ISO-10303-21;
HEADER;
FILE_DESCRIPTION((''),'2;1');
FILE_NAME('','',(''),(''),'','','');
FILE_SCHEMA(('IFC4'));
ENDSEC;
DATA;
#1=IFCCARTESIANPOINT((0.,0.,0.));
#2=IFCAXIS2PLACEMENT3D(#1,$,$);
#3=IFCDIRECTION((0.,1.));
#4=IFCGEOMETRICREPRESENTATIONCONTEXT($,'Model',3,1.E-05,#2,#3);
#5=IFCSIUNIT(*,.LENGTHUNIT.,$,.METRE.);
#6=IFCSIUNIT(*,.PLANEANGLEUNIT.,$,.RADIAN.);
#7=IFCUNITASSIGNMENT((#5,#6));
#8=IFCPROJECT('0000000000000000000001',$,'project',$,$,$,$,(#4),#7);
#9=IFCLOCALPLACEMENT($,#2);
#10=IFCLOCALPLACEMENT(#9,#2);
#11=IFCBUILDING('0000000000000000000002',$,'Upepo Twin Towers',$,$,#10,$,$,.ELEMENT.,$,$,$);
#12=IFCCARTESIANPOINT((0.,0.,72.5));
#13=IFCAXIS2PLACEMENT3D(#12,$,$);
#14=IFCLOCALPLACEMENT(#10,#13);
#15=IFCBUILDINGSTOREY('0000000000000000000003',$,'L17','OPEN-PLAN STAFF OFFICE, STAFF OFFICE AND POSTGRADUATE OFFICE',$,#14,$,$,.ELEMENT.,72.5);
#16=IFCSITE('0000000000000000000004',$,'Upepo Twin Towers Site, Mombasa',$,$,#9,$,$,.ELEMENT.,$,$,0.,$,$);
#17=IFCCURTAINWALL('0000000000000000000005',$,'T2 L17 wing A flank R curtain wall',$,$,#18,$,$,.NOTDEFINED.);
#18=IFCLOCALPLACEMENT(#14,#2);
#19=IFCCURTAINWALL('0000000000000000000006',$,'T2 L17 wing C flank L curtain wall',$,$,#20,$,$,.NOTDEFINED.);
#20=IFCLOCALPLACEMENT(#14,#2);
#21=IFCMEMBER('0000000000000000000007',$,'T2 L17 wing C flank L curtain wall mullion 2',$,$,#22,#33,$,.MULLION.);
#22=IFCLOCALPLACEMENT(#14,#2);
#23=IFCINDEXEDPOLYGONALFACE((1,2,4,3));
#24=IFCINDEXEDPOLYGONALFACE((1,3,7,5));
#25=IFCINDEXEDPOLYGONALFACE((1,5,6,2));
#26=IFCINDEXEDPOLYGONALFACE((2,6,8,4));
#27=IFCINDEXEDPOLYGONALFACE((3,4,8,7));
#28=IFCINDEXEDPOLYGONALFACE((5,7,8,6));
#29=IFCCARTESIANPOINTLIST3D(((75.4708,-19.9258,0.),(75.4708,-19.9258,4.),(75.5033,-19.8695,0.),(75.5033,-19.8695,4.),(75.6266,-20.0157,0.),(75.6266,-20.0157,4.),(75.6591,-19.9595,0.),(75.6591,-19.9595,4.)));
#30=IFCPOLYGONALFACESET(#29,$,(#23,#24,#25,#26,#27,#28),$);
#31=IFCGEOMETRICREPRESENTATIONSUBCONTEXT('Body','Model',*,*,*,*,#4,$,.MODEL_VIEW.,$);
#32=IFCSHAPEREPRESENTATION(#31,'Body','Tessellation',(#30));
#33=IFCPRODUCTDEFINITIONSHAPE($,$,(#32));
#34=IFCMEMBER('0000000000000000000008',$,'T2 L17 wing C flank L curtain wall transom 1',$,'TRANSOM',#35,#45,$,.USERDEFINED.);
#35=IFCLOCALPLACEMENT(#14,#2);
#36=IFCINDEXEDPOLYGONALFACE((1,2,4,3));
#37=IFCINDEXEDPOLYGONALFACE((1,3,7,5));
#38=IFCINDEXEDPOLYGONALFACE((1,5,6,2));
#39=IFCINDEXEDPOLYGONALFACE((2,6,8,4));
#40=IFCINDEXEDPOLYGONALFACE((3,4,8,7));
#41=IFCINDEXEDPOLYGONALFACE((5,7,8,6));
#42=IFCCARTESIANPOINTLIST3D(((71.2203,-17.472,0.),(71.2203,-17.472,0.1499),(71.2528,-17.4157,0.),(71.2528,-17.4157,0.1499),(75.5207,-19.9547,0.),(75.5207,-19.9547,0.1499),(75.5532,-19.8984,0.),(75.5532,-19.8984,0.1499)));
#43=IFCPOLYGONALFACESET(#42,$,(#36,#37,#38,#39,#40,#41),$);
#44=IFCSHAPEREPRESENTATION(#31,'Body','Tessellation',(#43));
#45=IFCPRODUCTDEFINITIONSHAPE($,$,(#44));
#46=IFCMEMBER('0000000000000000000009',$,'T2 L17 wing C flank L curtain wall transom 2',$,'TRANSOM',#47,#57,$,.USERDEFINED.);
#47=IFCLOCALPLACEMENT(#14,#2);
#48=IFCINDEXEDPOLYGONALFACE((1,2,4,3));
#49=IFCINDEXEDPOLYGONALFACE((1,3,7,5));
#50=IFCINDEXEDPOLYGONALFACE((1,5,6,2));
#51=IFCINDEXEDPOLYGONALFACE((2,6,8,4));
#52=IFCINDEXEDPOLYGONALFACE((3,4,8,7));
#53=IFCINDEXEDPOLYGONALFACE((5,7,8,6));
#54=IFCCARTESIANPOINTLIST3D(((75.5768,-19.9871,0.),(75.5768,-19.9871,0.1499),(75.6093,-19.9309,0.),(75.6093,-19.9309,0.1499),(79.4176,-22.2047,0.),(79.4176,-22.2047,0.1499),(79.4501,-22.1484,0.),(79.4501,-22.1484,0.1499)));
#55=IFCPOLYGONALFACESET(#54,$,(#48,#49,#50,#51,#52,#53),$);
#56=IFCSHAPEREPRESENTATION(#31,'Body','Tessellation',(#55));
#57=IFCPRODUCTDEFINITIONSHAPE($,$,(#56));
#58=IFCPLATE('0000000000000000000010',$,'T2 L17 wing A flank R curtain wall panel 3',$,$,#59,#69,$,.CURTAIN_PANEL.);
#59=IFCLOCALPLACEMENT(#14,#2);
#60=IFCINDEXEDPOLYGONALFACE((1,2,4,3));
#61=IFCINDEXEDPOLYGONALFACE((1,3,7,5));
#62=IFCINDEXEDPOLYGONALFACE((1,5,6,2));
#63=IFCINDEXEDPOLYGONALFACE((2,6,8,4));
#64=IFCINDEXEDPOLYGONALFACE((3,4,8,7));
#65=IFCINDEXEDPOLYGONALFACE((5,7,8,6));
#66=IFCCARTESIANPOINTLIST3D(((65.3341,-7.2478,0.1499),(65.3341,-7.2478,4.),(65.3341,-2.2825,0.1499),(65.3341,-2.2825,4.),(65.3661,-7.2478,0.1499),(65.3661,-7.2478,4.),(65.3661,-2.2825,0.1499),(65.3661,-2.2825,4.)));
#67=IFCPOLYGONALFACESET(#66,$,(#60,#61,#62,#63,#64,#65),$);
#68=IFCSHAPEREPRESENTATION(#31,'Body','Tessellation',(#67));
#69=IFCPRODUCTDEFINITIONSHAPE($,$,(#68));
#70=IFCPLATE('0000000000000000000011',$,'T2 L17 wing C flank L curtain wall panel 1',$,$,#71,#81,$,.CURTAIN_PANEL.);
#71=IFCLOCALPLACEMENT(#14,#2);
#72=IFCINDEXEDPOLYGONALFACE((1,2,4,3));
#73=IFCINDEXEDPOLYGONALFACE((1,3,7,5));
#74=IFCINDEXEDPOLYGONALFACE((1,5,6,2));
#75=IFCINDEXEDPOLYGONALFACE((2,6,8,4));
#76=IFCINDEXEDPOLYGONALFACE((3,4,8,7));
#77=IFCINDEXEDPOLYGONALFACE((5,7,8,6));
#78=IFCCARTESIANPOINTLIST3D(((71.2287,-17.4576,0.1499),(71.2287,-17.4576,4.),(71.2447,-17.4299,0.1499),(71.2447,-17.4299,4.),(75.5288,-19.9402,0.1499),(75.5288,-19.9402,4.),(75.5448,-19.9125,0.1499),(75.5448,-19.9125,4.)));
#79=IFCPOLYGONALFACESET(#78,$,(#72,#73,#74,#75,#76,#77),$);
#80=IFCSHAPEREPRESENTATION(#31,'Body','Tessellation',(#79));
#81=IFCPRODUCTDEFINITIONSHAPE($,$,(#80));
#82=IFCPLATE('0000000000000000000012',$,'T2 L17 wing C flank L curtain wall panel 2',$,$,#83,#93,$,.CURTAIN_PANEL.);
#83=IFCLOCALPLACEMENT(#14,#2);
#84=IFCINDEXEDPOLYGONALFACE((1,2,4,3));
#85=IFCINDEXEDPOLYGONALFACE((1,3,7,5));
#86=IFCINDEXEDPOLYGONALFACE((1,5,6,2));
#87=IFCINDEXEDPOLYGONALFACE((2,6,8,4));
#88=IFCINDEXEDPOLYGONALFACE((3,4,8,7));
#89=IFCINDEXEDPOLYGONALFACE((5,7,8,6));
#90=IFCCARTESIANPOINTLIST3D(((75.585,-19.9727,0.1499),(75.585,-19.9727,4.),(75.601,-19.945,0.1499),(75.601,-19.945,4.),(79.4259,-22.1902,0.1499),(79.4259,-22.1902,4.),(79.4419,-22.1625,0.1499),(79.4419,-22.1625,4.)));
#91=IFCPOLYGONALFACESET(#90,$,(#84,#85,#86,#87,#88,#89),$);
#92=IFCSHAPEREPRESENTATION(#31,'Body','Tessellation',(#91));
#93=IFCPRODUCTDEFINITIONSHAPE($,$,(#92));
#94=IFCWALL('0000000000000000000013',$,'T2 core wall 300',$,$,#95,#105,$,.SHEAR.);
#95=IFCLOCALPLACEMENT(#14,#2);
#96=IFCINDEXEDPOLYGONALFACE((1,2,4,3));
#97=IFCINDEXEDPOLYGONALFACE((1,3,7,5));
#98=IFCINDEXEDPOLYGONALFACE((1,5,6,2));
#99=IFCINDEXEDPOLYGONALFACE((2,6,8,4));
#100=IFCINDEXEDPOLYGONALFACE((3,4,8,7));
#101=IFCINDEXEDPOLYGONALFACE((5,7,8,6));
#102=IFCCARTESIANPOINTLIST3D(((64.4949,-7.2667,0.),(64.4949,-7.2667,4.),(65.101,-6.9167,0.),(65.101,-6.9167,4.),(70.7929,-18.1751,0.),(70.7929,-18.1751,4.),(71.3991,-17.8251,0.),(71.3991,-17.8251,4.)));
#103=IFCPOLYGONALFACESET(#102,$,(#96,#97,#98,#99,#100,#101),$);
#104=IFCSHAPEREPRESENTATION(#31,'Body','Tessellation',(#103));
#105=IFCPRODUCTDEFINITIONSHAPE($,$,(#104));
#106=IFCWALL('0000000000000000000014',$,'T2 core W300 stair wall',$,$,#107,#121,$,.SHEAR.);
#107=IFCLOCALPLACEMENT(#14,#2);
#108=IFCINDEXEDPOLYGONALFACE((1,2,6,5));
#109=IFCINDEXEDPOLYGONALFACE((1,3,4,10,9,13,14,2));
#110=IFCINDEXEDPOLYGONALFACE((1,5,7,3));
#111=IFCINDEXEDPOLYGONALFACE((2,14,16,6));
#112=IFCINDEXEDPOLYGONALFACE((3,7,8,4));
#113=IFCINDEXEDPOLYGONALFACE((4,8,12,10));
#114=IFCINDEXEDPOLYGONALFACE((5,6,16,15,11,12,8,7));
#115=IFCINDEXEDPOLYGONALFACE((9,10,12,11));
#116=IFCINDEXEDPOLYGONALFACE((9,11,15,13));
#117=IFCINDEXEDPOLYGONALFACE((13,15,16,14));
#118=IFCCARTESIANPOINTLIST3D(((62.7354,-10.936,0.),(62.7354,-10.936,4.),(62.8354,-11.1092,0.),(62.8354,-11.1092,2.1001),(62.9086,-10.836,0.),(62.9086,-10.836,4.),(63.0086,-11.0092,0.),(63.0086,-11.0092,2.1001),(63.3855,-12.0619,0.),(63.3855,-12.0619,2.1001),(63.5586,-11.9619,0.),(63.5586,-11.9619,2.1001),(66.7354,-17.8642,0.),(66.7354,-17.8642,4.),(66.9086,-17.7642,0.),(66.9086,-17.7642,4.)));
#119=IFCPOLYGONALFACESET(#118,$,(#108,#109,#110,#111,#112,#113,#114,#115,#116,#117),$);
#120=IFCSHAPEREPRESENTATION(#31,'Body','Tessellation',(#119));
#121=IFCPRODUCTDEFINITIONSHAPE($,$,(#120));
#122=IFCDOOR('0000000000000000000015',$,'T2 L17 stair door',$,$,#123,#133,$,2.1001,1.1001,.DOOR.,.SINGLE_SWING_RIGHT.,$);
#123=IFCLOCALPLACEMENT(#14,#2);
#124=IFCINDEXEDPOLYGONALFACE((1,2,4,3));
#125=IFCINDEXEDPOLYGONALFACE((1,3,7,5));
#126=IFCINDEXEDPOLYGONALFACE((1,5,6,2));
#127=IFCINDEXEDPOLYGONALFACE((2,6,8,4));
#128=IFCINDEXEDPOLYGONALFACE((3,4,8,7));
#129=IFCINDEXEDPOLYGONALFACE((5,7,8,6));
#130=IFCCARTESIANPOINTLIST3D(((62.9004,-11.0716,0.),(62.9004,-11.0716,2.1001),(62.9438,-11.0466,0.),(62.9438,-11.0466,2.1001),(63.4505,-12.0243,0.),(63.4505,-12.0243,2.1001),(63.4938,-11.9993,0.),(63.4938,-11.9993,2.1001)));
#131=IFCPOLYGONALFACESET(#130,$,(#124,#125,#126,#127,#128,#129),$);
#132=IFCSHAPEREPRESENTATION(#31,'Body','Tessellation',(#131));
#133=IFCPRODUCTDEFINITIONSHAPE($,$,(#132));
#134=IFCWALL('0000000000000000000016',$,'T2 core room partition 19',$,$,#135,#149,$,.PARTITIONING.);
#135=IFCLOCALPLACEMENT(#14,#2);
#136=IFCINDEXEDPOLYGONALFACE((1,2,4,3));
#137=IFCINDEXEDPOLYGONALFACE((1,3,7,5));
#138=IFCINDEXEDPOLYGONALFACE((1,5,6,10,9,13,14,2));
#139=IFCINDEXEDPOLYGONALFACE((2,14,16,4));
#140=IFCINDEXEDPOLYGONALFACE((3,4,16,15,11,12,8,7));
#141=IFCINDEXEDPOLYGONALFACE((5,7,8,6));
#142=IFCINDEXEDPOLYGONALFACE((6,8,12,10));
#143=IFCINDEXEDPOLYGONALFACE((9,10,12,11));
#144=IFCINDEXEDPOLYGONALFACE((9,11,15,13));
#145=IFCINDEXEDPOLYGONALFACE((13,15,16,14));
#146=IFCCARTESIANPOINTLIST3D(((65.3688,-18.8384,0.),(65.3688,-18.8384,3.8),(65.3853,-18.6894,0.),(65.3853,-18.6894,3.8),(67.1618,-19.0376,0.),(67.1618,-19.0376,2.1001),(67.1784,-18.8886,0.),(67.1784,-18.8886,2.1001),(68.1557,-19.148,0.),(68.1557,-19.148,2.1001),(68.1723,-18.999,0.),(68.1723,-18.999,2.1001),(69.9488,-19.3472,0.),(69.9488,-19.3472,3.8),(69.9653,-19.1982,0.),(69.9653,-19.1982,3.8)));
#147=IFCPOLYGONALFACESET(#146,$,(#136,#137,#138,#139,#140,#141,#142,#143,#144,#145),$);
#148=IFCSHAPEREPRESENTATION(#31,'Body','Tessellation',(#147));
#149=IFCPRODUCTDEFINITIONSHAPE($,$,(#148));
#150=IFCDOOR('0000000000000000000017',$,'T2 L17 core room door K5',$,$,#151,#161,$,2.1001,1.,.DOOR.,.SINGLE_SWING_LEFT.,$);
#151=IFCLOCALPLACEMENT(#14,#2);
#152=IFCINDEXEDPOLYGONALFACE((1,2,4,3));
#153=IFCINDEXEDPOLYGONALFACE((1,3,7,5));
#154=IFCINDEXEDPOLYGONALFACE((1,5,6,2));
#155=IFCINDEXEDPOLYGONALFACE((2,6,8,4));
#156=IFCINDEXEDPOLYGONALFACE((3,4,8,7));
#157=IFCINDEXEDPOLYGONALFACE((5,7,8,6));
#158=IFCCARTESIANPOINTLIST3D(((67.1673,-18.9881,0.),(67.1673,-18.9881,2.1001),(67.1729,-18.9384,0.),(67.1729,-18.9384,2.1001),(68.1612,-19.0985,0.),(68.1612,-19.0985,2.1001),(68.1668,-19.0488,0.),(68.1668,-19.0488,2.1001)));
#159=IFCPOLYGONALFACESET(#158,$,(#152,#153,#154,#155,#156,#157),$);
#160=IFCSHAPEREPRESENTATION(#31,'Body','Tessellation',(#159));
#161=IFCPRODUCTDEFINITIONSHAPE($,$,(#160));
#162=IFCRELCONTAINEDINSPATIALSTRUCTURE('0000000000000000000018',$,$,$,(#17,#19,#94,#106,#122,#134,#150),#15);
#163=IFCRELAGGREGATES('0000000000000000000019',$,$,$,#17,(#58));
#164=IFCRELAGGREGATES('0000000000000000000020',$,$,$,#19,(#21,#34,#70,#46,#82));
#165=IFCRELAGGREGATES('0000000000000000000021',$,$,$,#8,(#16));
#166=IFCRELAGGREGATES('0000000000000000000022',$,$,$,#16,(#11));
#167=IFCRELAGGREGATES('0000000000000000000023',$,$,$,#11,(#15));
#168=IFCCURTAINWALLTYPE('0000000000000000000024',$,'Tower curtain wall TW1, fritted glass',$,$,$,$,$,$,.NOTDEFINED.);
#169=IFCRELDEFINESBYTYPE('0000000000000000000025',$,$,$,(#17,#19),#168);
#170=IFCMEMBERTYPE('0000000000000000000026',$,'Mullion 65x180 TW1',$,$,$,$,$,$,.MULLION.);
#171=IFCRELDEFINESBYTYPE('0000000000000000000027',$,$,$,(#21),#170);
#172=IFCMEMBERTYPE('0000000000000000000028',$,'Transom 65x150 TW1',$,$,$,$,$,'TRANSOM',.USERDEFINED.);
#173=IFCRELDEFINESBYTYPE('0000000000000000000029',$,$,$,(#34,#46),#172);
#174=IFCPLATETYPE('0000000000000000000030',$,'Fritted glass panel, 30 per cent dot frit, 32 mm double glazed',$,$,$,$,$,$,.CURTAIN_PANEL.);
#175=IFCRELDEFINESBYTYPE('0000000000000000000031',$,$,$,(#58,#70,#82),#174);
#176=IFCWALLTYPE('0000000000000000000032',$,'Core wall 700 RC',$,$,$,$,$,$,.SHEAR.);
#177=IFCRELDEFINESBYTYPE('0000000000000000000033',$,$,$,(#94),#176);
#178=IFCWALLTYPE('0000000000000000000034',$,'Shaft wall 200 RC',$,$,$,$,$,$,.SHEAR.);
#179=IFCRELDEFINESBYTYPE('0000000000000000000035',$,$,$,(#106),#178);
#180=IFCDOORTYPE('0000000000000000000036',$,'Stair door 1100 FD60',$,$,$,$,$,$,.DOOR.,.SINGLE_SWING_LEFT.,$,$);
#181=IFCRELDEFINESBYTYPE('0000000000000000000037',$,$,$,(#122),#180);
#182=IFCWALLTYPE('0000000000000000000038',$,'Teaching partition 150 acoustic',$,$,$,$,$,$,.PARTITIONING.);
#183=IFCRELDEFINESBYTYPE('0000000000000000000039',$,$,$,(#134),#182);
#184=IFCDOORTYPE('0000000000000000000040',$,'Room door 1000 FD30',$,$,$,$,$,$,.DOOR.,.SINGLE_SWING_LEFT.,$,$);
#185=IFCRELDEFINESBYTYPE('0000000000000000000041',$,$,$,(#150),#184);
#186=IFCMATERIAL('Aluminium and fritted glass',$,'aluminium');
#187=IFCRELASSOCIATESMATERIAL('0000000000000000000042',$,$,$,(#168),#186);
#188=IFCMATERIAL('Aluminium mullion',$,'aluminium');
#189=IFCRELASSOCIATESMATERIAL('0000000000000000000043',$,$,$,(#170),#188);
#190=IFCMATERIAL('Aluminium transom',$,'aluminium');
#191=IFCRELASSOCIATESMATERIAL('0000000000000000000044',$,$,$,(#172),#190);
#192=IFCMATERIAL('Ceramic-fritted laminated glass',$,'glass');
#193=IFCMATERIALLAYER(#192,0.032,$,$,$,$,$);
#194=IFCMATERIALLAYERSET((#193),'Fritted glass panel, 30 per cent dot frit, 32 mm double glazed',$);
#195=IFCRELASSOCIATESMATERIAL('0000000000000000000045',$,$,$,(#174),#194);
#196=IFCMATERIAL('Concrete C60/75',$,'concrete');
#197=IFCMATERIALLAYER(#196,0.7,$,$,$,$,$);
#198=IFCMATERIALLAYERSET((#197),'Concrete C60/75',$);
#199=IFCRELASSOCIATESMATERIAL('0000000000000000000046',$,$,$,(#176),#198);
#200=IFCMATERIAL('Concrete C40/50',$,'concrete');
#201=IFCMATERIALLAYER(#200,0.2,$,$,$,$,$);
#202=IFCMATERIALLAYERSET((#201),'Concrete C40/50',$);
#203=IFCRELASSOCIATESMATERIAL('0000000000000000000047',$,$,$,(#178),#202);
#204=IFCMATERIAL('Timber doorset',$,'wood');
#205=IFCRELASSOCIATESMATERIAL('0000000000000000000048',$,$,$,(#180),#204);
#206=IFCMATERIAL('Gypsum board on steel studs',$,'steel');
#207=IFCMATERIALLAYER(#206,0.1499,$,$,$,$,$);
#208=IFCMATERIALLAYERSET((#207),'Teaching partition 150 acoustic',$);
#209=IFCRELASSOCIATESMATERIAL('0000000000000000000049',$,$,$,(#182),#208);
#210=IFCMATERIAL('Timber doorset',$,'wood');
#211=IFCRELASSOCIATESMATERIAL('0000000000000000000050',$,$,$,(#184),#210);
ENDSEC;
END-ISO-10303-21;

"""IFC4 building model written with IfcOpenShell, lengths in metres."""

from ifc_helpers import new_model, si_unit, direction, frame, frame_2d, origin, origin_2d, place, context, subcontext, project, spatial, rectangle, extrude, material, layer, layer_set, material_profile, profile_set, type_object, element, fill, aggregate, save


model = new_model("IFC4")

# Units and contexts
model_context = context("Model", 3, precision=1e-05, world=origin(), true_north=direction((0.0, 1.0)))
body_context = subcontext(model_context, "Body", "Model", "MODEL_VIEW")
ifc_project = project(units=[si_unit("LENGTHUNIT", "METRE"), si_unit("PLANEANGLEUNIT", "RADIAN")], contexts=[model_context])

# Site, building, storey
site_placement = place(None, origin())
site = spatial("IfcSite", under=ifc_project, at=site_placement, Name="Upepo Twin Towers Site, Mombasa", CompositionType="ELEMENT", RefElevation=0.0)
building_placement = place(site_placement, origin())
building = spatial("IfcBuilding", under=site, at=building_placement, Name="Upepo Twin Towers", CompositionType="ELEMENT")
storey_placement = place(building_placement, frame((0.0, 0.0, 72.5)))
storey = spatial("IfcBuildingStorey", under=building, at=storey_placement, Name="L17", Description="OPEN-PLAN STAFF OFFICE, STAFF OFFICE AND POSTGRADUATE OFFICE", CompositionType="ELEMENT", Elevation=72.5)

# Curtain wall
ifc_material_1 = material(Name="Aluminium and fritted glass", Category="aluminium")
curtain_wall_type = type_object("IfcCurtainWallType", Name="Tower curtain wall TW1, fritted glass", PredefinedType="NOTDEFINED", material=ifc_material_1)
curtain_wall_1_placement = place(storey_placement, origin())
curtain_wall_1 = element("IfcCurtainWall", 1, at=curtain_wall_1_placement, inside=storey, type_object=curtain_wall_type, Name="T2 L17 wing A flank R curtain wall", PredefinedType="NOTDEFINED")
ifc_material_2 = material(Name="Aluminium mullion", Category="aluminium")
ifc_material_profile_1 = material_profile(ifc_material_2, rectangle(XDim=0.0649, YDim=0.1799, at=origin_2d()), Name="MULLION 65x180")
ifc_profile_set_1 = profile_set([ifc_material_profile_1], Name="Aluminium mullion")
member_type_1 = type_object("IfcMemberType", Name="Mullion 65x180 TW1", PredefinedType="MULLION", material=ifc_profile_set_1)

# Curtain wall, members
curtain_wall_2_placement = place(storey_placement, origin())
curtain_wall_2 = element("IfcCurtainWall", 2, at=curtain_wall_2_placement, inside=storey, type_object=curtain_wall_type, Name="T2 L17 wing C flank L curtain wall", PredefinedType="NOTDEFINED")
member_1_placement = place(storey_placement, frame((75.5649, -19.9426, 0.0), z_axis=(0.0, 0.0, 1.0), x_axis=(0.5, 0.866025, 0.0)))
member_1 = element("IfcMember", 3, at=member_1_placement, type_object=member_type_1, Name="T2 L17 wing C flank L curtain wall mullion 2", PredefinedType="MULLION", context=body_context, shape_type="SweptSolid", body=[
    extrude(rectangle(XDim=0.0649, YDim=0.1799, at=origin_2d()), origin(), (0.0, 0.0, 1.0), 4.0),
])
ifc_material_3 = material(Name="Aluminium transom", Category="aluminium")
ifc_material_profile_2 = material_profile(ifc_material_3, rectangle(XDim=0.0649, YDim=0.1499, at=origin_2d()), Name="TRANSOM 65x150")
ifc_profile_set_2 = profile_set([ifc_material_profile_2], Name="Aluminium transom")
member_type_2 = type_object("IfcMemberType", Name="Transom 65x150 TW1", ElementType="TRANSOM", PredefinedType="USERDEFINED", material=ifc_profile_set_2)
member_2_placement = place(storey_placement, frame((71.2366, -17.4438, 0.075), z_axis=(0.866035, -0.499983, 0.0), x_axis=(0.499983, 0.866035, 0.0)))
member_2 = element("IfcMember", 4, at=member_2_placement, type_object=member_type_2, Name="T2 L17 wing C flank L curtain wall transom 1", ObjectType="TRANSOM", PredefinedType="USERDEFINED", context=body_context, shape_type="SweptSolid", body=[
    extrude(rectangle(XDim=0.0649, YDim=0.1499, at=origin_2d()), origin(), (0.0, 0.0, 1.0), 4.9656),
])
member_3_placement = place(storey_placement, frame((75.593, -19.959, 0.075), z_axis=(0.866022, -0.500005, 0.0), x_axis=(0.500005, 0.866022, 0.0)))
member_3 = element("IfcMember", 5, at=member_3_placement, type_object=member_type_2, Name="T2 L17 wing C flank L curtain wall transom 2", ObjectType="TRANSOM", PredefinedType="USERDEFINED", context=body_context, shape_type="SweptSolid", body=[
    extrude(rectangle(XDim=0.0649, YDim=0.1499, at=origin_2d()), origin(), (0.0, 0.0, 1.0), 4.4351),
])

# Plates
ifc_material_4 = material(Name="Ceramic-fritted laminated glass", Category="glass")
ifc_layer_1 = layer(ifc_material_4, 0.032)
ifc_layer_set_1 = layer_set([ifc_layer_1], Name="Fritted glass panel, 30 per cent dot frit, 32 mm double glazed")
plate_type = type_object("IfcPlateType", Name="Fritted glass panel, 30 per cent dot frit, 32 mm double glazed", PredefinedType="CURTAIN_PANEL", material=ifc_layer_set_1)
plate_1_placement = place(storey_placement, frame((65.3501, -4.7651, 0.1499), z_axis=(0.0, 0.0, 1.0), x_axis=(0.0, -1.0, 0.0)))
plate_1 = element("IfcPlate", 6, at=plate_1_placement, type_object=plate_type, Name="T2 L17 wing A flank R curtain wall panel 3", PredefinedType="CURTAIN_PANEL", context=body_context, shape_type="SweptSolid", body=[
    extrude(rectangle(XDim=4.9653, YDim=0.032, at=origin_2d()), origin(), (0.0, 0.0, 1.0), 3.8501),
])
aggregate(curtain_wall_1, [plate_1])
plate_2_placement = place(storey_placement, frame((73.3867, -18.6851, 0.1499), z_axis=(0.0, 0.0, 1.0), x_axis=(0.866025, -0.5, 0.0)))
plate_2 = element("IfcPlate", 7, at=plate_2_placement, type_object=plate_type, Name="T2 L17 wing C flank L curtain wall panel 1", PredefinedType="CURTAIN_PANEL", context=body_context, shape_type="SweptSolid", body=[
    extrude(rectangle(XDim=4.9653, YDim=0.032, at=origin_2d()), origin(), (0.0, 0.0, 1.0), 3.8501),
])
plate_3_placement = place(storey_placement, frame((77.5134, -21.0676, 0.1499), z_axis=(0.0, 0.0, 1.0), x_axis=(0.866025, -0.5, 0.0)))
plate_3 = element("IfcPlate", 8, at=plate_3_placement, type_object=plate_type, Name="T2 L17 wing C flank L curtain wall panel 2", PredefinedType="CURTAIN_PANEL", context=body_context, shape_type="SweptSolid", body=[
    extrude(rectangle(XDim=4.4351, YDim=0.032, at=origin_2d()), origin(), (0.0, 0.0, 1.0), 3.8501),
])
aggregate(curtain_wall_2, [member_1, member_2, plate_2, member_3, plate_3])

# Wall
ifc_material_5 = material(Name="Concrete C60/75", Category="concrete")
ifc_layer_2 = layer(ifc_material_5, 0.7)
ifc_layer_set_2 = layer_set([ifc_layer_2], Name="Concrete C60/75")
wall_type_1 = type_object("IfcWallType", Name="Core wall 700 RC", PredefinedType="SHEAR", material=ifc_layer_set_2)
wall_1_placement = place(storey_placement, frame((71.0959, -18.0, 0.0), z_axis=(0.0, 0.0, 1.0), x_axis=(-0.500006, 0.866022, 0.0)))
element("IfcWall", 9, at=wall_1_placement, inside=storey, type_object=wall_type_1, Name="T2 core wall 300", PredefinedType="SHEAR", context=body_context, shape_type="SweptSolid", body=[
    extrude(rectangle(XDim=12.5959, YDim=0.7, at=frame_2d((6.2979, 0.0))), origin(), (0.0, 0.0, 1.0), 4.0),
])

# Walls, openings, doors
ifc_material_6 = material(Name="Concrete C40/50", Category="concrete")
ifc_layer_3 = layer(ifc_material_6, 0.2)
ifc_layer_set_3 = layer_set([ifc_layer_3], Name="Concrete C40/50")
wall_type_2 = type_object("IfcWallType", Name="Shaft wall 200 RC", PredefinedType="SHEAR", material=ifc_layer_set_3)
wall_2_placement = place(storey_placement, frame((66.822, -17.8142, 0.0), z_axis=(0.0, 0.0, 1.0), x_axis=(-0.499999, 0.866026, 0.0)))
wall_2 = element("IfcWall", 10, at=wall_2_placement, inside=storey, type_object=wall_type_2, Name="T2 core W300 stair wall", PredefinedType="SHEAR", context=body_context, shape_type="SweptSolid", body=[
    extrude(rectangle(XDim=8.0, YDim=0.2, at=frame_2d((4.0, 0.0))), origin(), (0.0, 0.0, 1.0), 4.0),
])
opening_1_placement = place(wall_2_placement, frame((6.7, 0.0, 0.0)))
opening_1 = element("IfcOpeningElement", 11, at=opening_1_placement, cuts=wall_2, PredefinedType="OPENING", context=body_context, shape_type="SweptSolid", body=[
    extrude(rectangle(XDim=1.1001, YDim=2.1001, at=frame_2d((0.55, 1.05))), frame((0.0, 0.1099, 0.0), z_axis=(0.0, -1.0, 0.0), x_axis=(1.0, 0.0, 0.0)), (0.0, 0.0, 1.0), 0.22),
])
ifc_material_7 = material(Name="Timber doorset", Category="wood")
door_type_1 = type_object("IfcDoorType", Name="Stair door 1100 FD60", OperationType="SINGLE_SWING_LEFT", PredefinedType="DOOR", material=ifc_material_7)
door_1_placement = place(opening_1_placement, origin())
door_1 = element("IfcDoor", 12, at=door_1_placement, inside=storey, type_object=door_type_1, Name="T2 L17 stair door", OperationType="SINGLE_SWING_RIGHT", OverallHeight=2.1001, OverallWidth=1.1001, PredefinedType="DOOR", context=body_context, shape_type="SweptSolid", body=[
    extrude(rectangle(XDim=1.1001, YDim=2.1001, at=frame_2d((0.55, 1.05))), frame((0.0, 0.0249, 0.0), z_axis=(0.0, -1.0, 0.0), x_axis=(1.0, 0.0, 0.0)), (0.0, 0.0, 1.0), 0.05),
])
fill(opening_1, door_1)
ifc_material_8 = material(Name="Gypsum board on steel studs", Category="steel")
ifc_layer_4 = layer(ifc_material_8, 0.1499)
ifc_layer_set_4 = layer_set([ifc_layer_4], Name="Teaching partition 150 acoustic")
wall_type_3 = type_object("IfcWallType", Name="Teaching partition 150 acoustic", PredefinedType="PARTITIONING", material=ifc_layer_set_4)
wall_3_placement = place(storey_placement, frame((65.377, -18.7639, 0.0), z_axis=(0.0, 0.0, 1.0), x_axis=(0.993886, -0.110408, 0.0)))
wall_3 = element("IfcWall", 13, at=wall_3_placement, inside=storey, type_object=wall_type_3, Name="T2 core room partition 19", PredefinedType="PARTITIONING", context=body_context, shape_type="SweptSolid", body=[
    extrude(rectangle(XDim=4.6082, YDim=0.1499, at=frame_2d((2.3042, 0.0))), origin(), (0.0, 0.0, 1.0), 3.8),
])
opening_2_placement = place(wall_3_placement, frame((1.8042, 0.0, 0.0)))
opening_2 = element("IfcOpeningElement", 14, at=opening_2_placement, cuts=wall_3, PredefinedType="OPENING", context=body_context, shape_type="SweptSolid", body=[
    extrude(rectangle(XDim=1.0, YDim=2.1001, at=frame_2d((0.5, 1.05))), frame((0.0, 0.085, 0.0), z_axis=(0.0, -1.0, 0.0), x_axis=(1.0, 0.0, 0.0)), (0.0, 0.0, 1.0), 0.1699),
])
ifc_material_9 = material(Name="Timber doorset", Category="wood")
door_type_2 = type_object("IfcDoorType", Name="Room door 1000 FD30", OperationType="SINGLE_SWING_LEFT", PredefinedType="DOOR", material=ifc_material_9)
door_2_placement = place(opening_2_placement, origin())
door_2 = element("IfcDoor", 15, at=door_2_placement, inside=storey, type_object=door_type_2, Name="T2 L17 core room door K5", OperationType="SINGLE_SWING_LEFT", OverallHeight=2.1001, OverallWidth=1.0, PredefinedType="DOOR", context=body_context, shape_type="SweptSolid", body=[
    extrude(rectangle(XDim=1.0, YDim=2.1001, at=frame_2d((0.5, 1.05))), frame((0.0, 0.0249, 0.0), z_axis=(0.0, -1.0, 0.0), x_axis=(1.0, 0.0, 0.0)), (0.0, 0.0, 1.0), 0.05),
])
fill(opening_2, door_2)

save(model, "model.ifc")
